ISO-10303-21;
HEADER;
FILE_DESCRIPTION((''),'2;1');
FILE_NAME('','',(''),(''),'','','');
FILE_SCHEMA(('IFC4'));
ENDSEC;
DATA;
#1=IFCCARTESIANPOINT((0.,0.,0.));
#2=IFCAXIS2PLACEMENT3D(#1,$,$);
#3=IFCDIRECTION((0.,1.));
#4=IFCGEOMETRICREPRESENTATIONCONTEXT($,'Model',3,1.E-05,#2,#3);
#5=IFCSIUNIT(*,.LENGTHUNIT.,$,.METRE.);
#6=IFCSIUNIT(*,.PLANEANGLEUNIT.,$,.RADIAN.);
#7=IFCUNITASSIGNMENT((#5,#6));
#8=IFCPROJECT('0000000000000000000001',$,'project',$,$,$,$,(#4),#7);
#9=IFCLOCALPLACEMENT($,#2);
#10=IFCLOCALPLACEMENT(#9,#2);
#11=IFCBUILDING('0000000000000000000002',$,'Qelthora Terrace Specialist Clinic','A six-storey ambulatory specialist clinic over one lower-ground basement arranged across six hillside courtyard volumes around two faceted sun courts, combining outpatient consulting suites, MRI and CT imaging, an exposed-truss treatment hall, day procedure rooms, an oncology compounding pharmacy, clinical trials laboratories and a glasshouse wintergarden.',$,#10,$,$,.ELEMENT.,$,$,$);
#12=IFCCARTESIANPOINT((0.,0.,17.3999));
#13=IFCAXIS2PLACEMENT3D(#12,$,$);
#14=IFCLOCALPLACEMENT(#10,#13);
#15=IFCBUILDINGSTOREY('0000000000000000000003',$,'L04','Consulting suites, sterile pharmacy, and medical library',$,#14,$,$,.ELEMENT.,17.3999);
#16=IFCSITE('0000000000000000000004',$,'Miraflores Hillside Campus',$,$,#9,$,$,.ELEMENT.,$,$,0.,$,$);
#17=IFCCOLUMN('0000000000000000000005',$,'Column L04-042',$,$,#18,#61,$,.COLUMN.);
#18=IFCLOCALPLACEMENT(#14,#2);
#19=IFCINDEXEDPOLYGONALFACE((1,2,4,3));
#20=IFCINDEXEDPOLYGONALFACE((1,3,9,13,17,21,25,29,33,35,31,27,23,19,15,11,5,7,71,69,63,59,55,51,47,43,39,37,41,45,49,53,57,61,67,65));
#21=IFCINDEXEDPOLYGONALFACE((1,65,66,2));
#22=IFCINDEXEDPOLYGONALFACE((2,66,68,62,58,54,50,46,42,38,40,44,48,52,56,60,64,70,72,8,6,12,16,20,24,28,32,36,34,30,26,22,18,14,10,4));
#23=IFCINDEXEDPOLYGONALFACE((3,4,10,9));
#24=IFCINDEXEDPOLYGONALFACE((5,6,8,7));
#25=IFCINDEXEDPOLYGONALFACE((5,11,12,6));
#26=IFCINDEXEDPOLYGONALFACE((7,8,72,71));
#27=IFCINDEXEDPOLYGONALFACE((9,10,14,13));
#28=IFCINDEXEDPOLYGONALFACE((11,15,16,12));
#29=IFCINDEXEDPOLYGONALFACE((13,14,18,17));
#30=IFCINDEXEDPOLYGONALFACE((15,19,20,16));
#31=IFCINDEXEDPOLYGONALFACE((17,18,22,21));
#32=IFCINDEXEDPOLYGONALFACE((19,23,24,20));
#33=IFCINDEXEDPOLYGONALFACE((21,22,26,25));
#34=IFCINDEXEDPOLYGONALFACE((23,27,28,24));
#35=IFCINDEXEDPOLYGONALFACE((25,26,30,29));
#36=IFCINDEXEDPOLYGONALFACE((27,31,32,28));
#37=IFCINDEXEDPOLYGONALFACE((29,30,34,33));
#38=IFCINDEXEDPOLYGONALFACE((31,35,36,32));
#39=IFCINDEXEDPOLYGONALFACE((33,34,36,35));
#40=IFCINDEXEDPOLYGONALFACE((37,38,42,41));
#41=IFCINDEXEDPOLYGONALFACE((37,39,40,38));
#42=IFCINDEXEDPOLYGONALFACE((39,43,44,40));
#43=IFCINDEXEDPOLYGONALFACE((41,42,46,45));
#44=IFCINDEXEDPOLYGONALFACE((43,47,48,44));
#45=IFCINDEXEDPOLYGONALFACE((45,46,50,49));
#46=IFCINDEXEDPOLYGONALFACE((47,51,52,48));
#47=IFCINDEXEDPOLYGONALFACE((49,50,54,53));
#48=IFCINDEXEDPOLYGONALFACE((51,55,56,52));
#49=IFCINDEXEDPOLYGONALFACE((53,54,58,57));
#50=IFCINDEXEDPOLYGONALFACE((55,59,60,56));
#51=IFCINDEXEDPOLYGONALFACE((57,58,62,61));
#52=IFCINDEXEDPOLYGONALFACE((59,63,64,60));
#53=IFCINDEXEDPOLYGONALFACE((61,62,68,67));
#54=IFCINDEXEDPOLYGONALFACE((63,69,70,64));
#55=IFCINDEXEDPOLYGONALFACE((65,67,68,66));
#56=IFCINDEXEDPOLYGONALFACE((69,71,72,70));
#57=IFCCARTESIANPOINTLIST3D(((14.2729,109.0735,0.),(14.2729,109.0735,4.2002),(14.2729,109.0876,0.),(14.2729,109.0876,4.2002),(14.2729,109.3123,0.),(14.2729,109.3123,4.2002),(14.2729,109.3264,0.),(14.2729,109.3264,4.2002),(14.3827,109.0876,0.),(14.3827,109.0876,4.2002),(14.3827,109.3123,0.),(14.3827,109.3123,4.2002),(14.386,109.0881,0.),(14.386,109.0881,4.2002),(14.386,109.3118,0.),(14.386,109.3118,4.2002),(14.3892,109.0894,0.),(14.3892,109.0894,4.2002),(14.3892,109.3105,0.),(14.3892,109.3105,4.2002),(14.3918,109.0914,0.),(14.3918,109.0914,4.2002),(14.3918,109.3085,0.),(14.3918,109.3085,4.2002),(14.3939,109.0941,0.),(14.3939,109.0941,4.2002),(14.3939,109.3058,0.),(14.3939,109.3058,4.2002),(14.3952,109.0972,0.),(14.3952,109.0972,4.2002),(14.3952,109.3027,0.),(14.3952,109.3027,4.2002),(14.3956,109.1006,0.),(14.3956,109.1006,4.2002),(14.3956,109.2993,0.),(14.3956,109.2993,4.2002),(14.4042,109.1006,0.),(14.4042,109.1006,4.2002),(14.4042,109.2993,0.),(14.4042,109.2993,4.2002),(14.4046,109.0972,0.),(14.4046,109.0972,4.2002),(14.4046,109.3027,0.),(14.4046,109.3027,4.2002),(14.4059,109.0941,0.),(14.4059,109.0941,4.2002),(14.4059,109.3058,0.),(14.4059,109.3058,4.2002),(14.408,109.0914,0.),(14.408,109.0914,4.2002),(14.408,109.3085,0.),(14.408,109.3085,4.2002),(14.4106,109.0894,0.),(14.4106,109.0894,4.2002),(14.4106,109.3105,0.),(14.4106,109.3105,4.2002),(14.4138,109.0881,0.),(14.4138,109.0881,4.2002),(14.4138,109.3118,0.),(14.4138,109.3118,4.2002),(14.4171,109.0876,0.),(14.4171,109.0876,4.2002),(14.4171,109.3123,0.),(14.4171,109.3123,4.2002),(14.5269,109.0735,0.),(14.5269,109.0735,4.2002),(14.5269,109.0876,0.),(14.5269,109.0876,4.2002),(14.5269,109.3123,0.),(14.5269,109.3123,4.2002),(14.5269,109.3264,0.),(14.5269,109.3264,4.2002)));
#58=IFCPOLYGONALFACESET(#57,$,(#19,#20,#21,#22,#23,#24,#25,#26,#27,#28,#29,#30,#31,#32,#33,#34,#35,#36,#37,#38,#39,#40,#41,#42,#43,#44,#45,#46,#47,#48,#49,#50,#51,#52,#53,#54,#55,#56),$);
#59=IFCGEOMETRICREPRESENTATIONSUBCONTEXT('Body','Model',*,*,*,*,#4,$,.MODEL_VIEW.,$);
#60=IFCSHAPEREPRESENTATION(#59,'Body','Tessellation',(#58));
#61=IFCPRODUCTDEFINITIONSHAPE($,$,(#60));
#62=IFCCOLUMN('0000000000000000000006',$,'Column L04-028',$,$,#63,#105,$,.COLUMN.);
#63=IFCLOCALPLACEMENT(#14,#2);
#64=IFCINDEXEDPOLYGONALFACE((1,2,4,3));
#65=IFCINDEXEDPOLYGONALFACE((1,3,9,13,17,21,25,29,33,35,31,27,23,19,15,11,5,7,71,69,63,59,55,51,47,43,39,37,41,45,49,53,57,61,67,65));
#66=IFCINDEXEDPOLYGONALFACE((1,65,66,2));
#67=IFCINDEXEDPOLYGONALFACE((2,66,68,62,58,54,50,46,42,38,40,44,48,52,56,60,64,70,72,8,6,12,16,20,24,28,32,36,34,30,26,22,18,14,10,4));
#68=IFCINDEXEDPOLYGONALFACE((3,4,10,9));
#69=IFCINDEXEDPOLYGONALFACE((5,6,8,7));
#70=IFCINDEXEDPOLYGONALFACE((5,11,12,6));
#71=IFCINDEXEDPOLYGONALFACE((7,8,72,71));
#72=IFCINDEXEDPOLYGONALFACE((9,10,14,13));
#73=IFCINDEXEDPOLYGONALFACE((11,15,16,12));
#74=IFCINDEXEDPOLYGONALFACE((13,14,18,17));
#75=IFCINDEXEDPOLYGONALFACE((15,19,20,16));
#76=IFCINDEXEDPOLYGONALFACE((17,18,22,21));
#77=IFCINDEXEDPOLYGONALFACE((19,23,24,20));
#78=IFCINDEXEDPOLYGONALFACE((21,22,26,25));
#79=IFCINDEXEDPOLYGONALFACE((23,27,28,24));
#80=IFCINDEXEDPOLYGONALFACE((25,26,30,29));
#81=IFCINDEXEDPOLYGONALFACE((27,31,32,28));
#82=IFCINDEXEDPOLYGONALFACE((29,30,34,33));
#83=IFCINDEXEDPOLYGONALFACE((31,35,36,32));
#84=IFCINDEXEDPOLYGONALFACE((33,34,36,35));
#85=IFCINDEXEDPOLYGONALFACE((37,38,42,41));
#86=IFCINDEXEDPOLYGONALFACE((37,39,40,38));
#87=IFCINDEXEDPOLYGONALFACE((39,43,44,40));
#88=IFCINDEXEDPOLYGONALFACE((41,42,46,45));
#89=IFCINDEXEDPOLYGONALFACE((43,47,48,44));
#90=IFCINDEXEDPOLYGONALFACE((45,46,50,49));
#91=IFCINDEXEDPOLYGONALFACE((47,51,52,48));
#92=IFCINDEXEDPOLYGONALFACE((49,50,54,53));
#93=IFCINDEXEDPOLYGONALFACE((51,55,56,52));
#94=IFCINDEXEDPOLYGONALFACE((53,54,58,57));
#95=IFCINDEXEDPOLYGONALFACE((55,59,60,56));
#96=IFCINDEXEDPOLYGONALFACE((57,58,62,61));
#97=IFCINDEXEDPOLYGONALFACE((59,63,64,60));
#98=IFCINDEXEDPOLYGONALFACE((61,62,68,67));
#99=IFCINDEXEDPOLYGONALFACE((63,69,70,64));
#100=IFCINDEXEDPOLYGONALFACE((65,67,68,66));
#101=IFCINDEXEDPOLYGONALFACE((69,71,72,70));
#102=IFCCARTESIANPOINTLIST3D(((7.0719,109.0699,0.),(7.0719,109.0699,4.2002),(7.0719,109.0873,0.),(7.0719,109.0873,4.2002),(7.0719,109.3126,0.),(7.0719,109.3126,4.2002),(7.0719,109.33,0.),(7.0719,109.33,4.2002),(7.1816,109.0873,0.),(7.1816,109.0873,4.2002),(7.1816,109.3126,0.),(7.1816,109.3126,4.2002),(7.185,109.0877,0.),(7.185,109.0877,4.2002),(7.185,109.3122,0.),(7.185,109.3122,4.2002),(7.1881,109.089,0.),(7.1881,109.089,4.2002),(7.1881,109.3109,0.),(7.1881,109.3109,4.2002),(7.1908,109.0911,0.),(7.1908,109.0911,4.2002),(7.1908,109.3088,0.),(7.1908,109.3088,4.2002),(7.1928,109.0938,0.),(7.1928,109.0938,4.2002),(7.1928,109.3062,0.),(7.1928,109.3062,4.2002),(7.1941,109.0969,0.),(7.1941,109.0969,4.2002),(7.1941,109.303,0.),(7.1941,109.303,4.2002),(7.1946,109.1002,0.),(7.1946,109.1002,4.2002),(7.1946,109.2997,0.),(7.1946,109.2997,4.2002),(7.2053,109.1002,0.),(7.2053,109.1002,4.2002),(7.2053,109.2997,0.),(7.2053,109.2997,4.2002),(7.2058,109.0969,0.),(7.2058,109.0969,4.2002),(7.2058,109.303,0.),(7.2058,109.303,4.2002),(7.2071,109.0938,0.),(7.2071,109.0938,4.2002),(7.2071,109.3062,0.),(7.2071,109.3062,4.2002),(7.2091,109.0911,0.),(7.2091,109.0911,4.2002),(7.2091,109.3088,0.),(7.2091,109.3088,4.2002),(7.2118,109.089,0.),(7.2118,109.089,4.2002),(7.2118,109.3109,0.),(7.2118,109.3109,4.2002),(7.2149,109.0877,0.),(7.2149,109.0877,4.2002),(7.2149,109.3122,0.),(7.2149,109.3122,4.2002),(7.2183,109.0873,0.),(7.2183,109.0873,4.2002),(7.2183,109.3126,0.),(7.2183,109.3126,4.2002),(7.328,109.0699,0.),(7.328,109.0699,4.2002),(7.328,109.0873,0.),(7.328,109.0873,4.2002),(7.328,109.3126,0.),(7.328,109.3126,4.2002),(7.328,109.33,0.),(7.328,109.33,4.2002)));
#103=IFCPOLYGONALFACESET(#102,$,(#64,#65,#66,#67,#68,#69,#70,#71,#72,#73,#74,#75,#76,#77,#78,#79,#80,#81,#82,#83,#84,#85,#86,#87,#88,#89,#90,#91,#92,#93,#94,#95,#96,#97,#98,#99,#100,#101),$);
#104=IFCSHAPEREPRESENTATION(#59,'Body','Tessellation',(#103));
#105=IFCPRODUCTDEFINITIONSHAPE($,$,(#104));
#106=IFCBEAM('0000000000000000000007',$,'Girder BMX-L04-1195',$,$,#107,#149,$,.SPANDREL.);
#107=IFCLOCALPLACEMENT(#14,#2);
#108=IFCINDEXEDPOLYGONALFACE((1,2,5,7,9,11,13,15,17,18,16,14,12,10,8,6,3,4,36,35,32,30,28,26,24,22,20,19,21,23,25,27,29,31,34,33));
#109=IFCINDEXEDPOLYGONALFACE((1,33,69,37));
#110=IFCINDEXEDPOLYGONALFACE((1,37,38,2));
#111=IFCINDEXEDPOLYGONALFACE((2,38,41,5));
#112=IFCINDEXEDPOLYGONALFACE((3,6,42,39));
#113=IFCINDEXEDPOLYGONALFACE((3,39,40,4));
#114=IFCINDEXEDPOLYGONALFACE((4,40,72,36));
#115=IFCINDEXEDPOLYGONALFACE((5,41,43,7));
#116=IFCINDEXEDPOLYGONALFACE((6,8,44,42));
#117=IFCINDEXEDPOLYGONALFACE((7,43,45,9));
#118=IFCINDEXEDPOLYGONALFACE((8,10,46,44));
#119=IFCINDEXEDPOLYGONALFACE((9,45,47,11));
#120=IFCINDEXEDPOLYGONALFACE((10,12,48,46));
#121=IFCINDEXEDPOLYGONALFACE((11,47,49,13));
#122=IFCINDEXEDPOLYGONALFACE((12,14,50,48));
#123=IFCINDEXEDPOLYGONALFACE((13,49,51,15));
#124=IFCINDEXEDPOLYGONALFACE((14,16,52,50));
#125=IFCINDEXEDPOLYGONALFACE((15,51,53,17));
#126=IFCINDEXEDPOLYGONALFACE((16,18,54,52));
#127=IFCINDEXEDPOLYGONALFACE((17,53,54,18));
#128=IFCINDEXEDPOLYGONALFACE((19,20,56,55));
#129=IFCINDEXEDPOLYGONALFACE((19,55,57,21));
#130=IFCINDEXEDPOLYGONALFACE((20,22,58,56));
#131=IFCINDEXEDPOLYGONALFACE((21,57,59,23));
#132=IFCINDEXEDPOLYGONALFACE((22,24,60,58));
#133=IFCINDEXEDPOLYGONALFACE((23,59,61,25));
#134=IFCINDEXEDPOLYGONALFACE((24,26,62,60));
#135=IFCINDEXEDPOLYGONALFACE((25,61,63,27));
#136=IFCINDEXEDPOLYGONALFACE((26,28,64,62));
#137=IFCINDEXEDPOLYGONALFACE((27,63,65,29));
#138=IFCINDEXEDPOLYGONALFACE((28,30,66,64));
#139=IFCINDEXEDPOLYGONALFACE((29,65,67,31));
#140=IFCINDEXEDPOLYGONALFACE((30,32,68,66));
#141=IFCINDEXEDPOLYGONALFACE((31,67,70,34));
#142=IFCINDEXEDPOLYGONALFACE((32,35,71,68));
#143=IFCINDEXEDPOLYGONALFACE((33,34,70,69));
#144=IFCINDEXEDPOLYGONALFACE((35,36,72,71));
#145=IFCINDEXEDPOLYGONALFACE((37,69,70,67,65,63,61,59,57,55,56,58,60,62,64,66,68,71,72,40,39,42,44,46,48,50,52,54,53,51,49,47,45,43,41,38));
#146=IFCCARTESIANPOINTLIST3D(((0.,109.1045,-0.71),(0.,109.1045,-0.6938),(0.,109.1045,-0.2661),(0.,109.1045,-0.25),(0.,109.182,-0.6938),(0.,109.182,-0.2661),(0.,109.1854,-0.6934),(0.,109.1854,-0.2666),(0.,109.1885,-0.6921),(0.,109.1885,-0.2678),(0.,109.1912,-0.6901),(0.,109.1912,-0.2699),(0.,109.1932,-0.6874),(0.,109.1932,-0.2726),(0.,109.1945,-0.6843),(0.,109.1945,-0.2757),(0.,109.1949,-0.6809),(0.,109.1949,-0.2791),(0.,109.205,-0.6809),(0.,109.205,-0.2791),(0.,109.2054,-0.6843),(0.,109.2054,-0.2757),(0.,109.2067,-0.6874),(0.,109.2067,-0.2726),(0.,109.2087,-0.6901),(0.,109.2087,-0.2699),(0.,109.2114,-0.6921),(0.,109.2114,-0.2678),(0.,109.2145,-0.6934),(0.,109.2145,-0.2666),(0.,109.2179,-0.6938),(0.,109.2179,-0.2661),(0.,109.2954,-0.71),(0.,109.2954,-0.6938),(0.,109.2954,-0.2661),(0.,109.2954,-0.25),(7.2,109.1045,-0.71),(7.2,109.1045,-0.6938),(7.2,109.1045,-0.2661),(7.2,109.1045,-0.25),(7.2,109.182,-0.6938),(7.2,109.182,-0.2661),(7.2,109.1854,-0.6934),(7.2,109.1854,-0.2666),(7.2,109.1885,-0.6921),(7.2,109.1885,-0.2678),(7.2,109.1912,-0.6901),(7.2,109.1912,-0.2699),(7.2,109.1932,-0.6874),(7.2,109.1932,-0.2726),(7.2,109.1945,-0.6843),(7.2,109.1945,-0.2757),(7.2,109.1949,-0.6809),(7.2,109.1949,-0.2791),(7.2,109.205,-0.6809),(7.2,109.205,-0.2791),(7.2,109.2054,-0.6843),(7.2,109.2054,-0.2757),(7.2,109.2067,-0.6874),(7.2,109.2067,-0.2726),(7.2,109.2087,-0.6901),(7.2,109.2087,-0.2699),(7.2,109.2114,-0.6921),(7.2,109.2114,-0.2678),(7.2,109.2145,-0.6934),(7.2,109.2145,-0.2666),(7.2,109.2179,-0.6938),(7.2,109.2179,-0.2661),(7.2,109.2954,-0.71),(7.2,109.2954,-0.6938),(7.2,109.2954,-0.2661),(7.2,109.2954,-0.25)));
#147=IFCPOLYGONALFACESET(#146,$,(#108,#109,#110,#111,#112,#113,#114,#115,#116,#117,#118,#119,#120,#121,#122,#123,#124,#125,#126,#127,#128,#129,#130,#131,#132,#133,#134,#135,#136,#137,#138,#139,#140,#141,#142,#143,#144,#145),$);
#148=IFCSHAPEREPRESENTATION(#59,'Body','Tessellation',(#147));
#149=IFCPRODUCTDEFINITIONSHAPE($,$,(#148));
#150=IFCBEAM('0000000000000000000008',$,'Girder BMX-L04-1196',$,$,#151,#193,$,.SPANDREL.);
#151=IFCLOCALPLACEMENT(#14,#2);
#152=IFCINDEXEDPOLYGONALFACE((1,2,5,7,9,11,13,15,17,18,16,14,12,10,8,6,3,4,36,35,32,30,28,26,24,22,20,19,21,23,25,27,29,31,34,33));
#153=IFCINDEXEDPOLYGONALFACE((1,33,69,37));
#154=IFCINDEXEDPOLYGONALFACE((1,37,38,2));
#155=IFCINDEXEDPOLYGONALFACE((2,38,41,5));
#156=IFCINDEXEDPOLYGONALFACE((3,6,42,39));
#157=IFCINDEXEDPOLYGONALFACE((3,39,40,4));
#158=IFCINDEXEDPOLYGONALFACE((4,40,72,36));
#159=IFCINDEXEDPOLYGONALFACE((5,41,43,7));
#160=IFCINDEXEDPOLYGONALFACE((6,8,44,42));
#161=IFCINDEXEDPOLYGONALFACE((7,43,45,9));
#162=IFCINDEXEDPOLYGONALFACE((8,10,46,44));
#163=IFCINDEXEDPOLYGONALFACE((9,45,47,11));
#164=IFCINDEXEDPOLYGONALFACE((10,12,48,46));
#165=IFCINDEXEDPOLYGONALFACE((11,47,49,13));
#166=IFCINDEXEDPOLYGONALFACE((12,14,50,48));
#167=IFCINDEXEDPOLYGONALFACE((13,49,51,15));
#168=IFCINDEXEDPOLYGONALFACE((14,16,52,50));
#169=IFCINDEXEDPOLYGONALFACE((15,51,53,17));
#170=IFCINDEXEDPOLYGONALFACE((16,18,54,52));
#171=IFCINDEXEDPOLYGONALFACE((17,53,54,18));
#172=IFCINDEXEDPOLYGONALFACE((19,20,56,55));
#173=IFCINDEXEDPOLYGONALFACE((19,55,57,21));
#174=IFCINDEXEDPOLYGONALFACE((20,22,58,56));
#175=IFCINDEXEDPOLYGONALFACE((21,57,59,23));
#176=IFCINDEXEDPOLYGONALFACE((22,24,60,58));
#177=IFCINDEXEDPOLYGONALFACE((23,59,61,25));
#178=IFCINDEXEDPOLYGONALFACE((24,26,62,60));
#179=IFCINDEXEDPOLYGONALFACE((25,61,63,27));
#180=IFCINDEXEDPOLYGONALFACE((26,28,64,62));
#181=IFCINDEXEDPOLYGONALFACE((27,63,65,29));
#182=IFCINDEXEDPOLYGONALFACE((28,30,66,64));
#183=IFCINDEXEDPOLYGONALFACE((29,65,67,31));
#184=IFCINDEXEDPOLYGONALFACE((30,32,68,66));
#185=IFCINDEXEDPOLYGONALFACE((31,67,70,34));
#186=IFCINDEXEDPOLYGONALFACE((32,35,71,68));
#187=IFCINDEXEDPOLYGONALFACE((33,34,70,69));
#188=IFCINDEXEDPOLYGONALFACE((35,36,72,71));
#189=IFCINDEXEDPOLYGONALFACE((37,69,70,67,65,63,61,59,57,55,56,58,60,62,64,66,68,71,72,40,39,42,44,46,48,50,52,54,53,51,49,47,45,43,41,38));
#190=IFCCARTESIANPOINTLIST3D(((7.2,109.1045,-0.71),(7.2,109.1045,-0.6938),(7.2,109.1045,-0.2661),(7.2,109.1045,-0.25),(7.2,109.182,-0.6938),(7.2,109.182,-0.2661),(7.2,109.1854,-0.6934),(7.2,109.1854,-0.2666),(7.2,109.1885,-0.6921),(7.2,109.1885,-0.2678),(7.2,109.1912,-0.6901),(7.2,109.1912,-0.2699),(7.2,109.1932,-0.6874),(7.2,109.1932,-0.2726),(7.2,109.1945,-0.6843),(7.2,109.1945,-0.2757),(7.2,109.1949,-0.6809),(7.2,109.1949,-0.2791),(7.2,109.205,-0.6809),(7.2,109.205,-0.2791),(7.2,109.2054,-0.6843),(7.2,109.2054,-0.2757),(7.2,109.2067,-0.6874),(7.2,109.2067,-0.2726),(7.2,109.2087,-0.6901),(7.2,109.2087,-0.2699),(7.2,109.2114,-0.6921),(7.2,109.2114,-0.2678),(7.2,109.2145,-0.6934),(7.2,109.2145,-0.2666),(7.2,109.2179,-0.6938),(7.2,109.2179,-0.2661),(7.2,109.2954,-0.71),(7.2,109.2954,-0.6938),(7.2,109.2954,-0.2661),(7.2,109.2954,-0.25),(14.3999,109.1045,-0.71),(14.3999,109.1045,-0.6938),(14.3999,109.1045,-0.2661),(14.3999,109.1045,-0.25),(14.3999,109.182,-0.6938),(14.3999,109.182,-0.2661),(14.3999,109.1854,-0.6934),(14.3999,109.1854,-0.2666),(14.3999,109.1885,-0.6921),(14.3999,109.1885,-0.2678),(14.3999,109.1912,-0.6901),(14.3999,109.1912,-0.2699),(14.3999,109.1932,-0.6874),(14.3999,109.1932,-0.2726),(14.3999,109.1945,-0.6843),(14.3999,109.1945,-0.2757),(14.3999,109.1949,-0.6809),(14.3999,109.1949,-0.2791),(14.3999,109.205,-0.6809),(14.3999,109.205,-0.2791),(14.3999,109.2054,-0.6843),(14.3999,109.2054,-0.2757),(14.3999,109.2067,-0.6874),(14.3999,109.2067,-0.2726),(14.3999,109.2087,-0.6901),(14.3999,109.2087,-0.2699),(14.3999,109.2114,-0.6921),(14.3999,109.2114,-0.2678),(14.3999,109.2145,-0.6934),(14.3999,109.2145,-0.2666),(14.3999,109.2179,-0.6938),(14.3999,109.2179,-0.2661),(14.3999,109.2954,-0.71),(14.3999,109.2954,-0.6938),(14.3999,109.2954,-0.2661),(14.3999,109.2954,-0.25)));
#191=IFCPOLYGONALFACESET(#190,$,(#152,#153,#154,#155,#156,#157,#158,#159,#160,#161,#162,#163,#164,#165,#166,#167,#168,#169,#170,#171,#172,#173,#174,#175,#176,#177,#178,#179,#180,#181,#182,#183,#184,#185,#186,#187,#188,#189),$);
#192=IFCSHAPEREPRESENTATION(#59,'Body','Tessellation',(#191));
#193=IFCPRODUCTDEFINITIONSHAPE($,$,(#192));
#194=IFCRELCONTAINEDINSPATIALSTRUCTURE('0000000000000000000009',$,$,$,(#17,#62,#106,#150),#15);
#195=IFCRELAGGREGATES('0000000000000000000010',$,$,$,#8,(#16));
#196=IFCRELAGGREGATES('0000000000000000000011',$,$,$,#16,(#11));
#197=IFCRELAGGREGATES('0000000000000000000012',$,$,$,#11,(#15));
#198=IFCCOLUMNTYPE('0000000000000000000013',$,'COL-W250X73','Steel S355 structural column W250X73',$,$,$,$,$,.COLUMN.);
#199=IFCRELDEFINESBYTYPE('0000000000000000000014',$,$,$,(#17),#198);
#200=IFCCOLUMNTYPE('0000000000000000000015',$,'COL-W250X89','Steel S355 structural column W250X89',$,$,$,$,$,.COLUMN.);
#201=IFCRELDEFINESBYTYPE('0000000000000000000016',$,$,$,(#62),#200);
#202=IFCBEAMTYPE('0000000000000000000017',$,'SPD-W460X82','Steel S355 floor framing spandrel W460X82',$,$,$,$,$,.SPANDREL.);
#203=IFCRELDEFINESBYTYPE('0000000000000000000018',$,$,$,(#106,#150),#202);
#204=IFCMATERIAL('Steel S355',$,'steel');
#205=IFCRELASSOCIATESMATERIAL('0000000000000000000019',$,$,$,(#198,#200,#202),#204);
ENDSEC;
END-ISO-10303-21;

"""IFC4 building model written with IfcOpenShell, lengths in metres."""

from ifc_helpers import new_model, si_unit, direction, frame, origin, origin_2d, place, context, subcontext, project, spatial, i_section, extrude, material, material_profile, profile_set, type_object, element, save


model = new_model("IFC4")

# Units and contexts
model_context = context("Model", 3, precision=1e-05, world=origin(), true_north=direction((0.0, 1.0)))
body_context = subcontext(model_context, "Body", "Model", "MODEL_VIEW")
ifc_project = project(units=[si_unit("LENGTHUNIT", "METRE"), si_unit("PLANEANGLEUNIT", "RADIAN")], contexts=[model_context])

# Site, building, storey
site_placement = place(None, origin())
site = spatial("IfcSite", under=ifc_project, at=site_placement, Name="Miraflores Hillside Campus", CompositionType="ELEMENT", RefElevation=0.0)
building_placement = place(site_placement, origin())
building = spatial("IfcBuilding", under=site, at=building_placement, Name="Qelthora Terrace Specialist Clinic", Description="A six-storey ambulatory specialist clinic over one lower-ground basement arranged across six hillside courtyard volumes around two faceted sun courts, combining outpatient consulting suites, MRI and CT imaging, an exposed-truss treatment hall, day procedure rooms, an oncology compounding pharmacy, clinical trials laboratories and a glasshouse wintergarden.", CompositionType="ELEMENT")
storey_placement = place(building_placement, frame((0.0, 0.0, 17.3999)))
storey = spatial("IfcBuildingStorey", under=building, at=storey_placement, Name="L04", Description="Consulting suites, sterile pharmacy, and medical library", CompositionType="ELEMENT", Elevation=17.3999)

# Columns
ifc_material_1 = material(Name="Steel S355", Category="steel")
ifc_material_profile_1 = material_profile(ifc_material_1, i_section(OverallWidth=0.2539, OverallDepth=0.2529, WebThickness=0.0085, FlangeThickness=0.0142, FilletRadius=0.0129, at=origin_2d()), Name="W250X73")
ifc_profile_set_1 = profile_set([ifc_material_profile_1], Name="Steel S355")
column_type_1 = type_object("IfcColumnType", Name="COL-W250X73", Description="Steel S355 structural column W250X73", PredefinedType="COLUMN", material=ifc_profile_set_1)
column_1_placement = place(storey_placement, frame((14.3999, 109.2, 0.0), z_axis=(0.0, 0.0, 1.0), x_axis=(1.0, 0.0, 0.0)))
element("IfcColumn", 1, at=column_1_placement, inside=storey, type_object=column_type_1, Name="Column L04-042", PredefinedType="COLUMN", context=body_context, shape_type="SweptSolid", body=[
    extrude(i_section(OverallWidth=0.2539, OverallDepth=0.2529, WebThickness=0.0085, FlangeThickness=0.0142, FilletRadius=0.0129, at=origin_2d()), origin(), (0.0, 0.0, 1.0), 4.2002),
])
ifc_material_profile_2 = material_profile(ifc_material_1, i_section(OverallWidth=0.2561, OverallDepth=0.26, WebThickness=0.0107, FlangeThickness=0.0173, FilletRadius=0.0129, at=origin_2d()), Name="W250X89")
ifc_profile_set_2 = profile_set([ifc_material_profile_2], Name="Steel S355")
column_type_2 = type_object("IfcColumnType", Name="COL-W250X89", Description="Steel S355 structural column W250X89", PredefinedType="COLUMN", material=ifc_profile_set_2)
column_2_placement = place(storey_placement, frame((7.2, 109.2, 0.0), z_axis=(0.0, 0.0, 1.0), x_axis=(1.0, 0.0, 0.0)))
element("IfcColumn", 2, at=column_2_placement, inside=storey, type_object=column_type_2, Name="Column L04-028", PredefinedType="COLUMN", context=body_context, shape_type="SweptSolid", body=[
    extrude(i_section(OverallWidth=0.2561, OverallDepth=0.26, WebThickness=0.0107, FlangeThickness=0.0173, FilletRadius=0.0129, at=origin_2d()), origin(), (0.0, 0.0, 1.0), 4.2002),
])

# Beams
ifc_material_profile_3 = material_profile(ifc_material_1, i_section(OverallWidth=0.1909, OverallDepth=0.46, WebThickness=0.01, FlangeThickness=0.0161, FilletRadius=0.0129, at=origin_2d()), Name="W460X82")
ifc_profile_set_3 = profile_set([ifc_material_profile_3], Name="Steel S355")
beam_type = type_object("IfcBeamType", Name="SPD-W460X82", Description="Steel S355 floor framing spandrel W460X82", PredefinedType="SPANDREL", material=ifc_profile_set_3)
for number, where, z_axis, x_axis, name in (
    (3, (0.0, 109.2, -0.48), (1.0, 0.0, 0.0), (0.0, 1.0, 0.0), "Girder BMX-L04-1195"),
    (4, (7.2, 109.2, -0.48), (1.0, 0.0, 0.0), (0.0, 1.0, 0.0), "Girder BMX-L04-1196"),
):
    element("IfcBeam", number, at=place(storey_placement, frame(where, z_axis=z_axis, x_axis=x_axis)), inside=storey, type_object=beam_type, Name=name, PredefinedType="SPANDREL", context=body_context, shape_type="SweptSolid", body=[
        extrude(i_section(OverallWidth=0.1909, OverallDepth=0.46, WebThickness=0.01, FlangeThickness=0.0161, FilletRadius=0.0129, at=origin_2d()), origin(), (0.0, 0.0, 1.0), 7.2),
    ])

save(model, "model.ifc")
